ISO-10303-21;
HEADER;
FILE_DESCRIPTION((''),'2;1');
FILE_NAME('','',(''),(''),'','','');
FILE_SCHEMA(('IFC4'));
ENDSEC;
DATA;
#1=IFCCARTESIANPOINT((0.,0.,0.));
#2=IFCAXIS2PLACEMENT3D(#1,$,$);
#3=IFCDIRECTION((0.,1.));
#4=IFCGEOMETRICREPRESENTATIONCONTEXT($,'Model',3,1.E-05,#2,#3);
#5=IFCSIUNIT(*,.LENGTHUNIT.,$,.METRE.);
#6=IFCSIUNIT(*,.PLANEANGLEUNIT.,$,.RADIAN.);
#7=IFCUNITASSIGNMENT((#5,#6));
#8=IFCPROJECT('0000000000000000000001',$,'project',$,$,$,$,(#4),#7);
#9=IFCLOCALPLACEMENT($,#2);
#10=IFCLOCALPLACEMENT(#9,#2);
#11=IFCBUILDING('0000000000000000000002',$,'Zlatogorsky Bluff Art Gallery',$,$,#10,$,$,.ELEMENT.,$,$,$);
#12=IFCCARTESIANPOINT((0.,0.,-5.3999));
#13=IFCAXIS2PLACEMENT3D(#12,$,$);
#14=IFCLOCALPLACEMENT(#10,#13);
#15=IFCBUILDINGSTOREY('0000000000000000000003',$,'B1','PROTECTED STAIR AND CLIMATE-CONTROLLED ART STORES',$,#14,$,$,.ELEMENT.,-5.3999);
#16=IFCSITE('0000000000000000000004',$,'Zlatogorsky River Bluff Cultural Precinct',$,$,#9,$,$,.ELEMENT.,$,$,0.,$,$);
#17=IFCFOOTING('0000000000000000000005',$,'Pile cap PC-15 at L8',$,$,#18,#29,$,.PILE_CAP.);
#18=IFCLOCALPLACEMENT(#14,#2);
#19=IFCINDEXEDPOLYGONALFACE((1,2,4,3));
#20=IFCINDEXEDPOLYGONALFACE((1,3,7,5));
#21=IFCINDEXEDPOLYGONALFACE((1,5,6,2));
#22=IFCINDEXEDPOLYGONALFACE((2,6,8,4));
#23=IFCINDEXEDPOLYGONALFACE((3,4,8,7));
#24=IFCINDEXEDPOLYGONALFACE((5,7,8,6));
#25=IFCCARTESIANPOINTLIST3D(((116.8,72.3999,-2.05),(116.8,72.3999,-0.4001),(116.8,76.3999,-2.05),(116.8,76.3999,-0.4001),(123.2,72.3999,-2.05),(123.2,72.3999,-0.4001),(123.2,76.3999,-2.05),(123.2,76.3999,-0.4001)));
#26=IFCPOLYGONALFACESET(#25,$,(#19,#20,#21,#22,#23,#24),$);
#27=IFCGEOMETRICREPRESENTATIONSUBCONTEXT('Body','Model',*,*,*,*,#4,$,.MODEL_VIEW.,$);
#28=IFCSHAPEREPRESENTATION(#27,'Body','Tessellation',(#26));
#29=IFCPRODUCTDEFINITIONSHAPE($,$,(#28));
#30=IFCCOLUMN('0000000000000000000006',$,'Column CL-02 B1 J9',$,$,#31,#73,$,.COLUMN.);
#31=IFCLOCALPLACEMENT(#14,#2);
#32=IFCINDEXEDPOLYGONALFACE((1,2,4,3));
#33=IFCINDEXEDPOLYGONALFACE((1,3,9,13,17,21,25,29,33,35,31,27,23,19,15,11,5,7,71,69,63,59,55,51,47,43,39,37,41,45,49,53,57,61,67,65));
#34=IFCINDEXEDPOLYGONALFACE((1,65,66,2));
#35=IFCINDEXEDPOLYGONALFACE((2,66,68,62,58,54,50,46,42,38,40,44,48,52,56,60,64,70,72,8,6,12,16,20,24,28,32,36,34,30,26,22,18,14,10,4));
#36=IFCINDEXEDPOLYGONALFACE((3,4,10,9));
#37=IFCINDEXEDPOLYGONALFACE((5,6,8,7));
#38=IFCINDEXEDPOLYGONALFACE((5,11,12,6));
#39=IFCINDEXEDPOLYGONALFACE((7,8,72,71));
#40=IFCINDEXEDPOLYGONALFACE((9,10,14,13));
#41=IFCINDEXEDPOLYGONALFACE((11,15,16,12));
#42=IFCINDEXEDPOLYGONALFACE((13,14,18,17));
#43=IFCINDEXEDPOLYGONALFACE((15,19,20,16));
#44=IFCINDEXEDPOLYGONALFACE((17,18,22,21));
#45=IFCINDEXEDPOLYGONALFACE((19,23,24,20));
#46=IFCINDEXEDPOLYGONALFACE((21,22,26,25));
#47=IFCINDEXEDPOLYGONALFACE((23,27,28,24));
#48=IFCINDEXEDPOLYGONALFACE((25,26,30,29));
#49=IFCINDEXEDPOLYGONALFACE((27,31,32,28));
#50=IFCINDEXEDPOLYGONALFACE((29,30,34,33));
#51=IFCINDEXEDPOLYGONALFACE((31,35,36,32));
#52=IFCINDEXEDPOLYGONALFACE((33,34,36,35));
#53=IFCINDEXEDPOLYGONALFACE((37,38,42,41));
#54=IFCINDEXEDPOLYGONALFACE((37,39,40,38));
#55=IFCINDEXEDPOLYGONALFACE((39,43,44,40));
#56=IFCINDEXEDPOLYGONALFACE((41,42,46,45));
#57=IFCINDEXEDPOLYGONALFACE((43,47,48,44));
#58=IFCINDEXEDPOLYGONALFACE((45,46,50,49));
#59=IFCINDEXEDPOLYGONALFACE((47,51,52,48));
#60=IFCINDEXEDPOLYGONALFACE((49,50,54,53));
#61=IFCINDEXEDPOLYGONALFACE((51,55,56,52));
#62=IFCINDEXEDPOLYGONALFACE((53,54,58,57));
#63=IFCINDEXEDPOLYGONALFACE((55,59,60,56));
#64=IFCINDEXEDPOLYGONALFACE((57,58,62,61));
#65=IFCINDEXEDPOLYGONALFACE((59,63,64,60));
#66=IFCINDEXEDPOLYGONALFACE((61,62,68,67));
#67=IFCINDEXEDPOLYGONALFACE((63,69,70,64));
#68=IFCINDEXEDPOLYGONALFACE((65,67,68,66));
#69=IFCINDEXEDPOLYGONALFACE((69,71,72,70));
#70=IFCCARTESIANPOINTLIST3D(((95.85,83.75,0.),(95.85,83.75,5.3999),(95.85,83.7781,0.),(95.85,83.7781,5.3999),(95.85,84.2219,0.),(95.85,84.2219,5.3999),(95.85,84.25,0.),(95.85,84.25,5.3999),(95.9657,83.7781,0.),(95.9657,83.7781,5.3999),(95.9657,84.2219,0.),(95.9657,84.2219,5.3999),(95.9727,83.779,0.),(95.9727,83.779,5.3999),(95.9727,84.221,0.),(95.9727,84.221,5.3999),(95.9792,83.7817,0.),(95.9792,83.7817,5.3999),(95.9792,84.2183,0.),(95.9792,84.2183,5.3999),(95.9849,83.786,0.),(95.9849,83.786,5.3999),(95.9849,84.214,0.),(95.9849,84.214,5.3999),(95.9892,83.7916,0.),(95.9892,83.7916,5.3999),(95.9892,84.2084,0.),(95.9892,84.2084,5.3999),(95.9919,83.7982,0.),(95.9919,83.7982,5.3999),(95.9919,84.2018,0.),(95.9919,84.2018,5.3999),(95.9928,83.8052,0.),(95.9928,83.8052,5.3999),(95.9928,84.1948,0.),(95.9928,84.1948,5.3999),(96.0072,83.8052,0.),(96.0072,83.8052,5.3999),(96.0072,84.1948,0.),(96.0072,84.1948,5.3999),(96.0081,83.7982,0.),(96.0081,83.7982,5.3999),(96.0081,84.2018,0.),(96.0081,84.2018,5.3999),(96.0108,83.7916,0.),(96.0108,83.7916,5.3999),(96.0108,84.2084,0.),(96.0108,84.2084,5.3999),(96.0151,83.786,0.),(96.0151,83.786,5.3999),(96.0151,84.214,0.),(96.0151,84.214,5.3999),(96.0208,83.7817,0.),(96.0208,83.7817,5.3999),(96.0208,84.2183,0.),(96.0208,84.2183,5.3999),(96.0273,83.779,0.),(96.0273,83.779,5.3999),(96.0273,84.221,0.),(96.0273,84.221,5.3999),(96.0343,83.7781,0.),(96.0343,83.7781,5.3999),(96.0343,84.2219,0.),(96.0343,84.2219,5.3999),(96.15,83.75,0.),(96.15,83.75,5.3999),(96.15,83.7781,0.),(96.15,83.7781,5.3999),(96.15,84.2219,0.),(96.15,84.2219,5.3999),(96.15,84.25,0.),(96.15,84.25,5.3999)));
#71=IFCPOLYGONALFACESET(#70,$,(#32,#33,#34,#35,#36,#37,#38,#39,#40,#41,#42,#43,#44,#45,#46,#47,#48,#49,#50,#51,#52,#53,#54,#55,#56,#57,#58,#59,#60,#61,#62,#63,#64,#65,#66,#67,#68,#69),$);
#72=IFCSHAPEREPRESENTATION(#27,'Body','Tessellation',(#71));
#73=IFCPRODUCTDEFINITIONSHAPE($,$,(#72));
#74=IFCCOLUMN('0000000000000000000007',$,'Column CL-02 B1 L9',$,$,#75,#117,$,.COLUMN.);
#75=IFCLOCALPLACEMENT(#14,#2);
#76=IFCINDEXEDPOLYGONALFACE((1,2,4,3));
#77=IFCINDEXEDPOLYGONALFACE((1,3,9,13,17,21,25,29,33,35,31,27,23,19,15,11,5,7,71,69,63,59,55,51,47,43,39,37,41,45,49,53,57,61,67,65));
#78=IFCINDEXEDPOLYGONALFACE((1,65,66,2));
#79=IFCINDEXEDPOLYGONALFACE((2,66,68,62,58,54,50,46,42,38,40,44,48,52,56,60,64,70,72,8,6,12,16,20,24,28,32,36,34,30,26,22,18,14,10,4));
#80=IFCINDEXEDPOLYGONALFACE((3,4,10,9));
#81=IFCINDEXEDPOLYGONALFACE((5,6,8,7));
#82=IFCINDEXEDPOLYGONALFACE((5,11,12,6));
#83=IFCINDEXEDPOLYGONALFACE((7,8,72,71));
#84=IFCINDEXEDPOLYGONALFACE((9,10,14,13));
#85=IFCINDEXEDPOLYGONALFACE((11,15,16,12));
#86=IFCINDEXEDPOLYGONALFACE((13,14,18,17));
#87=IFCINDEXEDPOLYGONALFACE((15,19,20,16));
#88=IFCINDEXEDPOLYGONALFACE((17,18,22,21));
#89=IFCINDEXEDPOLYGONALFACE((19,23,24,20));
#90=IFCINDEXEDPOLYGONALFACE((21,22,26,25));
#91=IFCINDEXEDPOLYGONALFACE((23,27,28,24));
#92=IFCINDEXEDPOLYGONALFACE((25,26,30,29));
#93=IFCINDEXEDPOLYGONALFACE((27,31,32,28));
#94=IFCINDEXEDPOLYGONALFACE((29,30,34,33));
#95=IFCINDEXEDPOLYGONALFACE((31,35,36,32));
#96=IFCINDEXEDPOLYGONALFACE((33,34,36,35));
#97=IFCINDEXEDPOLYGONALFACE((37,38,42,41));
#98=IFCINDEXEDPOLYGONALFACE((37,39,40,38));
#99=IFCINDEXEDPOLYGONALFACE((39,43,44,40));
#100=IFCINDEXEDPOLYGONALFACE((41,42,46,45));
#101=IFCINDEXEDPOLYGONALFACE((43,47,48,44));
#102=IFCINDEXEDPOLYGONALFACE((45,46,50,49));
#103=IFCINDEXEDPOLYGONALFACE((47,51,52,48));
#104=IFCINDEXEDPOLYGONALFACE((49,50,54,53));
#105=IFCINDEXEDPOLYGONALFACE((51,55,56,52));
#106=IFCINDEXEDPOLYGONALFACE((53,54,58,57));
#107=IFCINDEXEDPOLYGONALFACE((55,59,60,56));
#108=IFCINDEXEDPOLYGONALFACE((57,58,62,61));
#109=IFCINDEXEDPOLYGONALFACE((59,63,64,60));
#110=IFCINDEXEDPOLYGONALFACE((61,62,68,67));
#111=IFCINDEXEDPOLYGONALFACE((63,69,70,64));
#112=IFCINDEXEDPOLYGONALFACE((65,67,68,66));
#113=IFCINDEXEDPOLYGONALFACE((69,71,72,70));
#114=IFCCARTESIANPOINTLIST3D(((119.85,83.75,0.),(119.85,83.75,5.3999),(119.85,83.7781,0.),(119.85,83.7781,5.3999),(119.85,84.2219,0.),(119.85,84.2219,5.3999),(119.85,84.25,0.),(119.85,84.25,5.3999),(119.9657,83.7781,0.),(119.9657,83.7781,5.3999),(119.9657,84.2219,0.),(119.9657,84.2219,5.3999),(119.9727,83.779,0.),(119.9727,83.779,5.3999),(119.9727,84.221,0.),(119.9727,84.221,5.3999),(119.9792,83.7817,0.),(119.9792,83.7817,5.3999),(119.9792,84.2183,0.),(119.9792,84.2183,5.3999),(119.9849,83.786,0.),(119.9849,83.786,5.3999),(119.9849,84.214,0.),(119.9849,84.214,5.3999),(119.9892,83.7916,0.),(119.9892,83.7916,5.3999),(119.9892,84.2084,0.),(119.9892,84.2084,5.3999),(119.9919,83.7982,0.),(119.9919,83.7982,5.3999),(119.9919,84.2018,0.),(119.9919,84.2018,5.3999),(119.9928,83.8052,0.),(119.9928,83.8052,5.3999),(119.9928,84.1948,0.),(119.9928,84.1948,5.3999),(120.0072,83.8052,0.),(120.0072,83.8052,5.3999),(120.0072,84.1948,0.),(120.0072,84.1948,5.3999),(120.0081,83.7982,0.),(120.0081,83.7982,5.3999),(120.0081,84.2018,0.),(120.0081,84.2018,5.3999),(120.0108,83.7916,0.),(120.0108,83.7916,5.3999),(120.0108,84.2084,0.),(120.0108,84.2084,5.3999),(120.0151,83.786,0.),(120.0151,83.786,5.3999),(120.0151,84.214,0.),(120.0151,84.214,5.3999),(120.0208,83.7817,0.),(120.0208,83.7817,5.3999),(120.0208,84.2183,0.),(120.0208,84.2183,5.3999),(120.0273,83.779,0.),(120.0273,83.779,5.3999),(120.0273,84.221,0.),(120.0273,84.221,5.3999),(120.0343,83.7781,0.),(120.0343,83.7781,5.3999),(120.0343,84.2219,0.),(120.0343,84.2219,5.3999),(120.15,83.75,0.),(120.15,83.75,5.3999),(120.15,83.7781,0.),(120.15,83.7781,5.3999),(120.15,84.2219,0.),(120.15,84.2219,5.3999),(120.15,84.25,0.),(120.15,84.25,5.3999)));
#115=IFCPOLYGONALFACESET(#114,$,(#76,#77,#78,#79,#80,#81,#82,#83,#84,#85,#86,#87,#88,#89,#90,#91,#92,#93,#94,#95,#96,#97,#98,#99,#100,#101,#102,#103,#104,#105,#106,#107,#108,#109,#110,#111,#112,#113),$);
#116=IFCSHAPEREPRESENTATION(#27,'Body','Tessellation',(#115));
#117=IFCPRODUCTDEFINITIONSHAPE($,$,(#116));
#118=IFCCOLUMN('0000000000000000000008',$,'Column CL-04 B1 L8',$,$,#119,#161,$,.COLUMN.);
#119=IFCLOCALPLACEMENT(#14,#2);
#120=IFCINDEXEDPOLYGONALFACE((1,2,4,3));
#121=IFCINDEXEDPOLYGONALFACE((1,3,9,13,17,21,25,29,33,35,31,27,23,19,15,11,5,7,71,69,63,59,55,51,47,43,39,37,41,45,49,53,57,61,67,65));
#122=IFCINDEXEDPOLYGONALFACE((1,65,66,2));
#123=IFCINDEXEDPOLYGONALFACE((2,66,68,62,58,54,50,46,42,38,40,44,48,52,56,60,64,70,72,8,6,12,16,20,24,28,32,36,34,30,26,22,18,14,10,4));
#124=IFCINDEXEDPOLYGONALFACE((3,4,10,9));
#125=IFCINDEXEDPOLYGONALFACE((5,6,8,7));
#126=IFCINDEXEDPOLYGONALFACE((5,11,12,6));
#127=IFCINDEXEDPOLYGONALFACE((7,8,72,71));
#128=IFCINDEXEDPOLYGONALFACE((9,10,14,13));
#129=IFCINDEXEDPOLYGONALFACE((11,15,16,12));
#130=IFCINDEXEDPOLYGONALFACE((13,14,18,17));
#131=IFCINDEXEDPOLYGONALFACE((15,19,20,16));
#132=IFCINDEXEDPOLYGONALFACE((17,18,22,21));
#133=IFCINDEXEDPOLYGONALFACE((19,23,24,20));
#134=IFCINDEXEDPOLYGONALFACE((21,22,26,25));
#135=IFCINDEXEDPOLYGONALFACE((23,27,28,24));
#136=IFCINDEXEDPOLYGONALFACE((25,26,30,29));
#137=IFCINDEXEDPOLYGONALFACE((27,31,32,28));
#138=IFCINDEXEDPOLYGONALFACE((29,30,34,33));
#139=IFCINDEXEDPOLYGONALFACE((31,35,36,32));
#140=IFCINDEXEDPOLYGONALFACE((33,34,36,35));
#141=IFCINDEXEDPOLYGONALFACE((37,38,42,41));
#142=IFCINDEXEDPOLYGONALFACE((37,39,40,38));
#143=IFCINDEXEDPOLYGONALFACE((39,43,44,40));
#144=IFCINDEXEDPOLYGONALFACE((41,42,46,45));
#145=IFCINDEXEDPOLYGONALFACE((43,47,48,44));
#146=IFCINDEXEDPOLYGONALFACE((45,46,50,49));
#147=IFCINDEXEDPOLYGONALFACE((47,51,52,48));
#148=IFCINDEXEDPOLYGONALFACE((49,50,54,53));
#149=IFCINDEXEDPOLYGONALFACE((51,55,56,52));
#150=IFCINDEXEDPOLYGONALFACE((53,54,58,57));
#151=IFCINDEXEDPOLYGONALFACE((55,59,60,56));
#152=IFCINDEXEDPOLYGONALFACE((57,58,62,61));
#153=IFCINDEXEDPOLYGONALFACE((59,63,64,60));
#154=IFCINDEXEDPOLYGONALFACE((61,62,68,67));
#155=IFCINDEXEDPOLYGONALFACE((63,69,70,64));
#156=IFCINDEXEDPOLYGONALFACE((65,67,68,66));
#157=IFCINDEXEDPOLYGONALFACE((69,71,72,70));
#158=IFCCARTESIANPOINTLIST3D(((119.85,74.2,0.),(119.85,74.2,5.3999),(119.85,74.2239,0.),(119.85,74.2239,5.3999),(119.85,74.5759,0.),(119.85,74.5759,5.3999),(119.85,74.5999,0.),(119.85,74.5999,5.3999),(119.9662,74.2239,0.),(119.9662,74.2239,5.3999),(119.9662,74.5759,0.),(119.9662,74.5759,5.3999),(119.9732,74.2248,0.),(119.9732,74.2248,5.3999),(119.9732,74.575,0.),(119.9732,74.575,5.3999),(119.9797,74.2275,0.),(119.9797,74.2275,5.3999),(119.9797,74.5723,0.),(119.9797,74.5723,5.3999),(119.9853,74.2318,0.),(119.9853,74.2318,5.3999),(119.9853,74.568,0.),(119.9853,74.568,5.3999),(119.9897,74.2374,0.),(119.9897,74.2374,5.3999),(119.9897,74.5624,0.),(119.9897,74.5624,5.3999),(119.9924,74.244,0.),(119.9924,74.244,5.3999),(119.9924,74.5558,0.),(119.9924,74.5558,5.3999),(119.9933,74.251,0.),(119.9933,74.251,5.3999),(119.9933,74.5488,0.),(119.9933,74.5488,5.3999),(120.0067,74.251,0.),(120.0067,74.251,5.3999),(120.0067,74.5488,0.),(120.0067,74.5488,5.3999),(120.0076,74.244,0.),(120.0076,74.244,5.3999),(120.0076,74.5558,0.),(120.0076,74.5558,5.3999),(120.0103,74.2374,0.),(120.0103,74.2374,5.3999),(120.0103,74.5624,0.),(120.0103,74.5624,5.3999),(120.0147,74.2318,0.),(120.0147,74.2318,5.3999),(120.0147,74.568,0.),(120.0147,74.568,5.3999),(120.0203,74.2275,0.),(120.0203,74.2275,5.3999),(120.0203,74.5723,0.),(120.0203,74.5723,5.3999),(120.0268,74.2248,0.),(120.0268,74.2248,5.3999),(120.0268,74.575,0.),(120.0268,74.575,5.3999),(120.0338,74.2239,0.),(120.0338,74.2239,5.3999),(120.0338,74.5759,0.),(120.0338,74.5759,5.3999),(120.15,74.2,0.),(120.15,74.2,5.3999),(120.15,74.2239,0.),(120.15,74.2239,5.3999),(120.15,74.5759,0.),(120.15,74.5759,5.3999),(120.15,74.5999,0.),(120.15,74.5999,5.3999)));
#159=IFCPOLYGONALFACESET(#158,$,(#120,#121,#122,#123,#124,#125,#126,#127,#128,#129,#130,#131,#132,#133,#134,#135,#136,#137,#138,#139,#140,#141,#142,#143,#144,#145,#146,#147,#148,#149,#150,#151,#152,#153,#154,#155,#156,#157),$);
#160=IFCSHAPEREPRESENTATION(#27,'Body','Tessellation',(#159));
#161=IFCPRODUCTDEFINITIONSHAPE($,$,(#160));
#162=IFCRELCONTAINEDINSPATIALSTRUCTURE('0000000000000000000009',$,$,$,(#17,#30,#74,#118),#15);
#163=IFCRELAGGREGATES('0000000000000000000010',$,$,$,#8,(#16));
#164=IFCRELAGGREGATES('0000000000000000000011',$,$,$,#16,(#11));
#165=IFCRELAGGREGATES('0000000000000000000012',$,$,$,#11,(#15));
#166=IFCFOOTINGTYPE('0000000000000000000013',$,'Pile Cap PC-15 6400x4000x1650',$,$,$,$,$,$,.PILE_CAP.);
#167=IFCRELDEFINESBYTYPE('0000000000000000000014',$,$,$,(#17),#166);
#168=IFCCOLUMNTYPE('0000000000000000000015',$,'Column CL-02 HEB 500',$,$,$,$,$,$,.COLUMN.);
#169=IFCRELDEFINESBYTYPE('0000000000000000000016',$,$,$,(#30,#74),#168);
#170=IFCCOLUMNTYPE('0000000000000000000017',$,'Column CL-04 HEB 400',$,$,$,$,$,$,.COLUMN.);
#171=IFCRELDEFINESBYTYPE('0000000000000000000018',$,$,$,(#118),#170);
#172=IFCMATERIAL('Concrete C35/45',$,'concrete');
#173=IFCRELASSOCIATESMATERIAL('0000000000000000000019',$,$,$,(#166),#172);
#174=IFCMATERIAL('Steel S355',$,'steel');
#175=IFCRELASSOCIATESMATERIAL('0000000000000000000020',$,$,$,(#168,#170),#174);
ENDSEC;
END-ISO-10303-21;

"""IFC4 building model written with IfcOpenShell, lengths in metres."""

from ifc_helpers import new_model, si_unit, direction, frame, origin, origin_2d, place, context, subcontext, project, spatial, rectangle, i_section, extrude, material, material_profile, profile_set, type_object, element, save


model = new_model("IFC4")

# Units and contexts
model_context = context("Model", 3, precision=1e-05, world=origin(), true_north=direction((0.0, 1.0)))
body_context = subcontext(model_context, "Body", "Model", "MODEL_VIEW")
ifc_project = project(units=[si_unit("LENGTHUNIT", "METRE"), si_unit("PLANEANGLEUNIT", "RADIAN")], contexts=[model_context])

# Site, building, storey
site_placement = place(None, origin())
site = spatial("IfcSite", under=ifc_project, at=site_placement, Name="Zlatogorsky River Bluff Cultural Precinct", CompositionType="ELEMENT", RefElevation=0.0)
building_placement = place(site_placement, origin())
building = spatial("IfcBuilding", under=site, at=building_placement, Name="Zlatogorsky Bluff Art Gallery", CompositionType="ELEMENT")
storey_placement = place(building_placement, frame((0.0, 0.0, -5.3999)))
storey = spatial("IfcBuildingStorey", under=building, at=storey_placement, Name="B1", Description="PROTECTED STAIR AND CLIMATE-CONTROLLED ART STORES", CompositionType="ELEMENT", Elevation=-5.3999)

# Shared definitions
ifc_material_1 = material(Name="Concrete C35/45", Category="concrete")

# Footing
footing_type_1 = type_object("IfcFootingType", Name="Pile Cap PC-15 6400x4000x1650", PredefinedType="PILE_CAP", material=ifc_material_1)
footing_1_placement = place(storey_placement, frame((120.0, 74.3999, -2.05), z_axis=(0.0, 0.0, 1.0), x_axis=(1.0, 0.0, 0.0)))
element("IfcFooting", 1, at=footing_1_placement, inside=storey, type_object=footing_type_1, Name="Pile cap PC-15 at L8", PredefinedType="PILE_CAP", context=body_context, shape_type="SweptSolid", body=[
    extrude(rectangle(XDim=6.3999, YDim=4.0, at=origin_2d()), origin(), (0.0, 0.0, 1.0), 1.6499),
])

# Columns
ifc_material_2 = material(Name="Steel S355", Category="steel")
ifc_material_profile_1 = material_profile(ifc_material_2, i_section(OverallWidth=0.3, OverallDepth=0.5, WebThickness=0.0144, FlangeThickness=0.0281, FilletRadius=0.0271, at=origin_2d()), Name="HEB 500")
ifc_profile_set_1 = profile_set([ifc_material_profile_1], Name="Steel S355")
column_type_1 = type_object("IfcColumnType", Name="Column CL-02 HEB 500", PredefinedType="COLUMN", material=ifc_profile_set_1)
for number, where, z_axis, x_axis, name in (
    (2, (96.0, 84.0, 0.0), (0.0, 0.0, 1.0), (1.0, 0.0, 0.0), "Column CL-02 B1 J9"),
    (3, (120.0, 84.0, 0.0), (0.0, 0.0, 1.0), (1.0, 0.0, 0.0), "Column CL-02 B1 L9"),
):
    element("IfcColumn", number, at=place(storey_placement, frame(where, z_axis=z_axis, x_axis=x_axis)), inside=storey, type_object=column_type_1, Name=name, PredefinedType="COLUMN", context=body_context, shape_type="SweptSolid", body=[
        extrude(i_section(OverallWidth=0.3, OverallDepth=0.5, WebThickness=0.0144, FlangeThickness=0.0281, FilletRadius=0.0271, at=origin_2d()), origin(), (0.0, 0.0, 1.0), 5.3999),
    ])
ifc_material_profile_2 = material_profile(ifc_material_2, i_section(OverallWidth=0.3, OverallDepth=0.3999, WebThickness=0.0134, FlangeThickness=0.0239, FilletRadius=0.0271, at=origin_2d()), Name="HEB 400")
ifc_profile_set_2 = profile_set([ifc_material_profile_2], Name="Steel S355")
column_type_2 = type_object("IfcColumnType", Name="Column CL-04 HEB 400", PredefinedType="COLUMN", material=ifc_profile_set_2)
column_1_placement = place(storey_placement, frame((120.0, 74.3999, 0.0), z_axis=(0.0, 0.0, 1.0), x_axis=(1.0, 0.0, 0.0)))
element("IfcColumn", 4, at=column_1_placement, inside=storey, type_object=column_type_2, Name="Column CL-04 B1 L8", PredefinedType="COLUMN", context=body_context, shape_type="SweptSolid", body=[
    extrude(i_section(OverallWidth=0.3, OverallDepth=0.3999, WebThickness=0.0134, FlangeThickness=0.0239, FilletRadius=0.0271, at=origin_2d()), origin(), (0.0, 0.0, 1.0), 5.3999),
])

save(model, "model.ifc")
